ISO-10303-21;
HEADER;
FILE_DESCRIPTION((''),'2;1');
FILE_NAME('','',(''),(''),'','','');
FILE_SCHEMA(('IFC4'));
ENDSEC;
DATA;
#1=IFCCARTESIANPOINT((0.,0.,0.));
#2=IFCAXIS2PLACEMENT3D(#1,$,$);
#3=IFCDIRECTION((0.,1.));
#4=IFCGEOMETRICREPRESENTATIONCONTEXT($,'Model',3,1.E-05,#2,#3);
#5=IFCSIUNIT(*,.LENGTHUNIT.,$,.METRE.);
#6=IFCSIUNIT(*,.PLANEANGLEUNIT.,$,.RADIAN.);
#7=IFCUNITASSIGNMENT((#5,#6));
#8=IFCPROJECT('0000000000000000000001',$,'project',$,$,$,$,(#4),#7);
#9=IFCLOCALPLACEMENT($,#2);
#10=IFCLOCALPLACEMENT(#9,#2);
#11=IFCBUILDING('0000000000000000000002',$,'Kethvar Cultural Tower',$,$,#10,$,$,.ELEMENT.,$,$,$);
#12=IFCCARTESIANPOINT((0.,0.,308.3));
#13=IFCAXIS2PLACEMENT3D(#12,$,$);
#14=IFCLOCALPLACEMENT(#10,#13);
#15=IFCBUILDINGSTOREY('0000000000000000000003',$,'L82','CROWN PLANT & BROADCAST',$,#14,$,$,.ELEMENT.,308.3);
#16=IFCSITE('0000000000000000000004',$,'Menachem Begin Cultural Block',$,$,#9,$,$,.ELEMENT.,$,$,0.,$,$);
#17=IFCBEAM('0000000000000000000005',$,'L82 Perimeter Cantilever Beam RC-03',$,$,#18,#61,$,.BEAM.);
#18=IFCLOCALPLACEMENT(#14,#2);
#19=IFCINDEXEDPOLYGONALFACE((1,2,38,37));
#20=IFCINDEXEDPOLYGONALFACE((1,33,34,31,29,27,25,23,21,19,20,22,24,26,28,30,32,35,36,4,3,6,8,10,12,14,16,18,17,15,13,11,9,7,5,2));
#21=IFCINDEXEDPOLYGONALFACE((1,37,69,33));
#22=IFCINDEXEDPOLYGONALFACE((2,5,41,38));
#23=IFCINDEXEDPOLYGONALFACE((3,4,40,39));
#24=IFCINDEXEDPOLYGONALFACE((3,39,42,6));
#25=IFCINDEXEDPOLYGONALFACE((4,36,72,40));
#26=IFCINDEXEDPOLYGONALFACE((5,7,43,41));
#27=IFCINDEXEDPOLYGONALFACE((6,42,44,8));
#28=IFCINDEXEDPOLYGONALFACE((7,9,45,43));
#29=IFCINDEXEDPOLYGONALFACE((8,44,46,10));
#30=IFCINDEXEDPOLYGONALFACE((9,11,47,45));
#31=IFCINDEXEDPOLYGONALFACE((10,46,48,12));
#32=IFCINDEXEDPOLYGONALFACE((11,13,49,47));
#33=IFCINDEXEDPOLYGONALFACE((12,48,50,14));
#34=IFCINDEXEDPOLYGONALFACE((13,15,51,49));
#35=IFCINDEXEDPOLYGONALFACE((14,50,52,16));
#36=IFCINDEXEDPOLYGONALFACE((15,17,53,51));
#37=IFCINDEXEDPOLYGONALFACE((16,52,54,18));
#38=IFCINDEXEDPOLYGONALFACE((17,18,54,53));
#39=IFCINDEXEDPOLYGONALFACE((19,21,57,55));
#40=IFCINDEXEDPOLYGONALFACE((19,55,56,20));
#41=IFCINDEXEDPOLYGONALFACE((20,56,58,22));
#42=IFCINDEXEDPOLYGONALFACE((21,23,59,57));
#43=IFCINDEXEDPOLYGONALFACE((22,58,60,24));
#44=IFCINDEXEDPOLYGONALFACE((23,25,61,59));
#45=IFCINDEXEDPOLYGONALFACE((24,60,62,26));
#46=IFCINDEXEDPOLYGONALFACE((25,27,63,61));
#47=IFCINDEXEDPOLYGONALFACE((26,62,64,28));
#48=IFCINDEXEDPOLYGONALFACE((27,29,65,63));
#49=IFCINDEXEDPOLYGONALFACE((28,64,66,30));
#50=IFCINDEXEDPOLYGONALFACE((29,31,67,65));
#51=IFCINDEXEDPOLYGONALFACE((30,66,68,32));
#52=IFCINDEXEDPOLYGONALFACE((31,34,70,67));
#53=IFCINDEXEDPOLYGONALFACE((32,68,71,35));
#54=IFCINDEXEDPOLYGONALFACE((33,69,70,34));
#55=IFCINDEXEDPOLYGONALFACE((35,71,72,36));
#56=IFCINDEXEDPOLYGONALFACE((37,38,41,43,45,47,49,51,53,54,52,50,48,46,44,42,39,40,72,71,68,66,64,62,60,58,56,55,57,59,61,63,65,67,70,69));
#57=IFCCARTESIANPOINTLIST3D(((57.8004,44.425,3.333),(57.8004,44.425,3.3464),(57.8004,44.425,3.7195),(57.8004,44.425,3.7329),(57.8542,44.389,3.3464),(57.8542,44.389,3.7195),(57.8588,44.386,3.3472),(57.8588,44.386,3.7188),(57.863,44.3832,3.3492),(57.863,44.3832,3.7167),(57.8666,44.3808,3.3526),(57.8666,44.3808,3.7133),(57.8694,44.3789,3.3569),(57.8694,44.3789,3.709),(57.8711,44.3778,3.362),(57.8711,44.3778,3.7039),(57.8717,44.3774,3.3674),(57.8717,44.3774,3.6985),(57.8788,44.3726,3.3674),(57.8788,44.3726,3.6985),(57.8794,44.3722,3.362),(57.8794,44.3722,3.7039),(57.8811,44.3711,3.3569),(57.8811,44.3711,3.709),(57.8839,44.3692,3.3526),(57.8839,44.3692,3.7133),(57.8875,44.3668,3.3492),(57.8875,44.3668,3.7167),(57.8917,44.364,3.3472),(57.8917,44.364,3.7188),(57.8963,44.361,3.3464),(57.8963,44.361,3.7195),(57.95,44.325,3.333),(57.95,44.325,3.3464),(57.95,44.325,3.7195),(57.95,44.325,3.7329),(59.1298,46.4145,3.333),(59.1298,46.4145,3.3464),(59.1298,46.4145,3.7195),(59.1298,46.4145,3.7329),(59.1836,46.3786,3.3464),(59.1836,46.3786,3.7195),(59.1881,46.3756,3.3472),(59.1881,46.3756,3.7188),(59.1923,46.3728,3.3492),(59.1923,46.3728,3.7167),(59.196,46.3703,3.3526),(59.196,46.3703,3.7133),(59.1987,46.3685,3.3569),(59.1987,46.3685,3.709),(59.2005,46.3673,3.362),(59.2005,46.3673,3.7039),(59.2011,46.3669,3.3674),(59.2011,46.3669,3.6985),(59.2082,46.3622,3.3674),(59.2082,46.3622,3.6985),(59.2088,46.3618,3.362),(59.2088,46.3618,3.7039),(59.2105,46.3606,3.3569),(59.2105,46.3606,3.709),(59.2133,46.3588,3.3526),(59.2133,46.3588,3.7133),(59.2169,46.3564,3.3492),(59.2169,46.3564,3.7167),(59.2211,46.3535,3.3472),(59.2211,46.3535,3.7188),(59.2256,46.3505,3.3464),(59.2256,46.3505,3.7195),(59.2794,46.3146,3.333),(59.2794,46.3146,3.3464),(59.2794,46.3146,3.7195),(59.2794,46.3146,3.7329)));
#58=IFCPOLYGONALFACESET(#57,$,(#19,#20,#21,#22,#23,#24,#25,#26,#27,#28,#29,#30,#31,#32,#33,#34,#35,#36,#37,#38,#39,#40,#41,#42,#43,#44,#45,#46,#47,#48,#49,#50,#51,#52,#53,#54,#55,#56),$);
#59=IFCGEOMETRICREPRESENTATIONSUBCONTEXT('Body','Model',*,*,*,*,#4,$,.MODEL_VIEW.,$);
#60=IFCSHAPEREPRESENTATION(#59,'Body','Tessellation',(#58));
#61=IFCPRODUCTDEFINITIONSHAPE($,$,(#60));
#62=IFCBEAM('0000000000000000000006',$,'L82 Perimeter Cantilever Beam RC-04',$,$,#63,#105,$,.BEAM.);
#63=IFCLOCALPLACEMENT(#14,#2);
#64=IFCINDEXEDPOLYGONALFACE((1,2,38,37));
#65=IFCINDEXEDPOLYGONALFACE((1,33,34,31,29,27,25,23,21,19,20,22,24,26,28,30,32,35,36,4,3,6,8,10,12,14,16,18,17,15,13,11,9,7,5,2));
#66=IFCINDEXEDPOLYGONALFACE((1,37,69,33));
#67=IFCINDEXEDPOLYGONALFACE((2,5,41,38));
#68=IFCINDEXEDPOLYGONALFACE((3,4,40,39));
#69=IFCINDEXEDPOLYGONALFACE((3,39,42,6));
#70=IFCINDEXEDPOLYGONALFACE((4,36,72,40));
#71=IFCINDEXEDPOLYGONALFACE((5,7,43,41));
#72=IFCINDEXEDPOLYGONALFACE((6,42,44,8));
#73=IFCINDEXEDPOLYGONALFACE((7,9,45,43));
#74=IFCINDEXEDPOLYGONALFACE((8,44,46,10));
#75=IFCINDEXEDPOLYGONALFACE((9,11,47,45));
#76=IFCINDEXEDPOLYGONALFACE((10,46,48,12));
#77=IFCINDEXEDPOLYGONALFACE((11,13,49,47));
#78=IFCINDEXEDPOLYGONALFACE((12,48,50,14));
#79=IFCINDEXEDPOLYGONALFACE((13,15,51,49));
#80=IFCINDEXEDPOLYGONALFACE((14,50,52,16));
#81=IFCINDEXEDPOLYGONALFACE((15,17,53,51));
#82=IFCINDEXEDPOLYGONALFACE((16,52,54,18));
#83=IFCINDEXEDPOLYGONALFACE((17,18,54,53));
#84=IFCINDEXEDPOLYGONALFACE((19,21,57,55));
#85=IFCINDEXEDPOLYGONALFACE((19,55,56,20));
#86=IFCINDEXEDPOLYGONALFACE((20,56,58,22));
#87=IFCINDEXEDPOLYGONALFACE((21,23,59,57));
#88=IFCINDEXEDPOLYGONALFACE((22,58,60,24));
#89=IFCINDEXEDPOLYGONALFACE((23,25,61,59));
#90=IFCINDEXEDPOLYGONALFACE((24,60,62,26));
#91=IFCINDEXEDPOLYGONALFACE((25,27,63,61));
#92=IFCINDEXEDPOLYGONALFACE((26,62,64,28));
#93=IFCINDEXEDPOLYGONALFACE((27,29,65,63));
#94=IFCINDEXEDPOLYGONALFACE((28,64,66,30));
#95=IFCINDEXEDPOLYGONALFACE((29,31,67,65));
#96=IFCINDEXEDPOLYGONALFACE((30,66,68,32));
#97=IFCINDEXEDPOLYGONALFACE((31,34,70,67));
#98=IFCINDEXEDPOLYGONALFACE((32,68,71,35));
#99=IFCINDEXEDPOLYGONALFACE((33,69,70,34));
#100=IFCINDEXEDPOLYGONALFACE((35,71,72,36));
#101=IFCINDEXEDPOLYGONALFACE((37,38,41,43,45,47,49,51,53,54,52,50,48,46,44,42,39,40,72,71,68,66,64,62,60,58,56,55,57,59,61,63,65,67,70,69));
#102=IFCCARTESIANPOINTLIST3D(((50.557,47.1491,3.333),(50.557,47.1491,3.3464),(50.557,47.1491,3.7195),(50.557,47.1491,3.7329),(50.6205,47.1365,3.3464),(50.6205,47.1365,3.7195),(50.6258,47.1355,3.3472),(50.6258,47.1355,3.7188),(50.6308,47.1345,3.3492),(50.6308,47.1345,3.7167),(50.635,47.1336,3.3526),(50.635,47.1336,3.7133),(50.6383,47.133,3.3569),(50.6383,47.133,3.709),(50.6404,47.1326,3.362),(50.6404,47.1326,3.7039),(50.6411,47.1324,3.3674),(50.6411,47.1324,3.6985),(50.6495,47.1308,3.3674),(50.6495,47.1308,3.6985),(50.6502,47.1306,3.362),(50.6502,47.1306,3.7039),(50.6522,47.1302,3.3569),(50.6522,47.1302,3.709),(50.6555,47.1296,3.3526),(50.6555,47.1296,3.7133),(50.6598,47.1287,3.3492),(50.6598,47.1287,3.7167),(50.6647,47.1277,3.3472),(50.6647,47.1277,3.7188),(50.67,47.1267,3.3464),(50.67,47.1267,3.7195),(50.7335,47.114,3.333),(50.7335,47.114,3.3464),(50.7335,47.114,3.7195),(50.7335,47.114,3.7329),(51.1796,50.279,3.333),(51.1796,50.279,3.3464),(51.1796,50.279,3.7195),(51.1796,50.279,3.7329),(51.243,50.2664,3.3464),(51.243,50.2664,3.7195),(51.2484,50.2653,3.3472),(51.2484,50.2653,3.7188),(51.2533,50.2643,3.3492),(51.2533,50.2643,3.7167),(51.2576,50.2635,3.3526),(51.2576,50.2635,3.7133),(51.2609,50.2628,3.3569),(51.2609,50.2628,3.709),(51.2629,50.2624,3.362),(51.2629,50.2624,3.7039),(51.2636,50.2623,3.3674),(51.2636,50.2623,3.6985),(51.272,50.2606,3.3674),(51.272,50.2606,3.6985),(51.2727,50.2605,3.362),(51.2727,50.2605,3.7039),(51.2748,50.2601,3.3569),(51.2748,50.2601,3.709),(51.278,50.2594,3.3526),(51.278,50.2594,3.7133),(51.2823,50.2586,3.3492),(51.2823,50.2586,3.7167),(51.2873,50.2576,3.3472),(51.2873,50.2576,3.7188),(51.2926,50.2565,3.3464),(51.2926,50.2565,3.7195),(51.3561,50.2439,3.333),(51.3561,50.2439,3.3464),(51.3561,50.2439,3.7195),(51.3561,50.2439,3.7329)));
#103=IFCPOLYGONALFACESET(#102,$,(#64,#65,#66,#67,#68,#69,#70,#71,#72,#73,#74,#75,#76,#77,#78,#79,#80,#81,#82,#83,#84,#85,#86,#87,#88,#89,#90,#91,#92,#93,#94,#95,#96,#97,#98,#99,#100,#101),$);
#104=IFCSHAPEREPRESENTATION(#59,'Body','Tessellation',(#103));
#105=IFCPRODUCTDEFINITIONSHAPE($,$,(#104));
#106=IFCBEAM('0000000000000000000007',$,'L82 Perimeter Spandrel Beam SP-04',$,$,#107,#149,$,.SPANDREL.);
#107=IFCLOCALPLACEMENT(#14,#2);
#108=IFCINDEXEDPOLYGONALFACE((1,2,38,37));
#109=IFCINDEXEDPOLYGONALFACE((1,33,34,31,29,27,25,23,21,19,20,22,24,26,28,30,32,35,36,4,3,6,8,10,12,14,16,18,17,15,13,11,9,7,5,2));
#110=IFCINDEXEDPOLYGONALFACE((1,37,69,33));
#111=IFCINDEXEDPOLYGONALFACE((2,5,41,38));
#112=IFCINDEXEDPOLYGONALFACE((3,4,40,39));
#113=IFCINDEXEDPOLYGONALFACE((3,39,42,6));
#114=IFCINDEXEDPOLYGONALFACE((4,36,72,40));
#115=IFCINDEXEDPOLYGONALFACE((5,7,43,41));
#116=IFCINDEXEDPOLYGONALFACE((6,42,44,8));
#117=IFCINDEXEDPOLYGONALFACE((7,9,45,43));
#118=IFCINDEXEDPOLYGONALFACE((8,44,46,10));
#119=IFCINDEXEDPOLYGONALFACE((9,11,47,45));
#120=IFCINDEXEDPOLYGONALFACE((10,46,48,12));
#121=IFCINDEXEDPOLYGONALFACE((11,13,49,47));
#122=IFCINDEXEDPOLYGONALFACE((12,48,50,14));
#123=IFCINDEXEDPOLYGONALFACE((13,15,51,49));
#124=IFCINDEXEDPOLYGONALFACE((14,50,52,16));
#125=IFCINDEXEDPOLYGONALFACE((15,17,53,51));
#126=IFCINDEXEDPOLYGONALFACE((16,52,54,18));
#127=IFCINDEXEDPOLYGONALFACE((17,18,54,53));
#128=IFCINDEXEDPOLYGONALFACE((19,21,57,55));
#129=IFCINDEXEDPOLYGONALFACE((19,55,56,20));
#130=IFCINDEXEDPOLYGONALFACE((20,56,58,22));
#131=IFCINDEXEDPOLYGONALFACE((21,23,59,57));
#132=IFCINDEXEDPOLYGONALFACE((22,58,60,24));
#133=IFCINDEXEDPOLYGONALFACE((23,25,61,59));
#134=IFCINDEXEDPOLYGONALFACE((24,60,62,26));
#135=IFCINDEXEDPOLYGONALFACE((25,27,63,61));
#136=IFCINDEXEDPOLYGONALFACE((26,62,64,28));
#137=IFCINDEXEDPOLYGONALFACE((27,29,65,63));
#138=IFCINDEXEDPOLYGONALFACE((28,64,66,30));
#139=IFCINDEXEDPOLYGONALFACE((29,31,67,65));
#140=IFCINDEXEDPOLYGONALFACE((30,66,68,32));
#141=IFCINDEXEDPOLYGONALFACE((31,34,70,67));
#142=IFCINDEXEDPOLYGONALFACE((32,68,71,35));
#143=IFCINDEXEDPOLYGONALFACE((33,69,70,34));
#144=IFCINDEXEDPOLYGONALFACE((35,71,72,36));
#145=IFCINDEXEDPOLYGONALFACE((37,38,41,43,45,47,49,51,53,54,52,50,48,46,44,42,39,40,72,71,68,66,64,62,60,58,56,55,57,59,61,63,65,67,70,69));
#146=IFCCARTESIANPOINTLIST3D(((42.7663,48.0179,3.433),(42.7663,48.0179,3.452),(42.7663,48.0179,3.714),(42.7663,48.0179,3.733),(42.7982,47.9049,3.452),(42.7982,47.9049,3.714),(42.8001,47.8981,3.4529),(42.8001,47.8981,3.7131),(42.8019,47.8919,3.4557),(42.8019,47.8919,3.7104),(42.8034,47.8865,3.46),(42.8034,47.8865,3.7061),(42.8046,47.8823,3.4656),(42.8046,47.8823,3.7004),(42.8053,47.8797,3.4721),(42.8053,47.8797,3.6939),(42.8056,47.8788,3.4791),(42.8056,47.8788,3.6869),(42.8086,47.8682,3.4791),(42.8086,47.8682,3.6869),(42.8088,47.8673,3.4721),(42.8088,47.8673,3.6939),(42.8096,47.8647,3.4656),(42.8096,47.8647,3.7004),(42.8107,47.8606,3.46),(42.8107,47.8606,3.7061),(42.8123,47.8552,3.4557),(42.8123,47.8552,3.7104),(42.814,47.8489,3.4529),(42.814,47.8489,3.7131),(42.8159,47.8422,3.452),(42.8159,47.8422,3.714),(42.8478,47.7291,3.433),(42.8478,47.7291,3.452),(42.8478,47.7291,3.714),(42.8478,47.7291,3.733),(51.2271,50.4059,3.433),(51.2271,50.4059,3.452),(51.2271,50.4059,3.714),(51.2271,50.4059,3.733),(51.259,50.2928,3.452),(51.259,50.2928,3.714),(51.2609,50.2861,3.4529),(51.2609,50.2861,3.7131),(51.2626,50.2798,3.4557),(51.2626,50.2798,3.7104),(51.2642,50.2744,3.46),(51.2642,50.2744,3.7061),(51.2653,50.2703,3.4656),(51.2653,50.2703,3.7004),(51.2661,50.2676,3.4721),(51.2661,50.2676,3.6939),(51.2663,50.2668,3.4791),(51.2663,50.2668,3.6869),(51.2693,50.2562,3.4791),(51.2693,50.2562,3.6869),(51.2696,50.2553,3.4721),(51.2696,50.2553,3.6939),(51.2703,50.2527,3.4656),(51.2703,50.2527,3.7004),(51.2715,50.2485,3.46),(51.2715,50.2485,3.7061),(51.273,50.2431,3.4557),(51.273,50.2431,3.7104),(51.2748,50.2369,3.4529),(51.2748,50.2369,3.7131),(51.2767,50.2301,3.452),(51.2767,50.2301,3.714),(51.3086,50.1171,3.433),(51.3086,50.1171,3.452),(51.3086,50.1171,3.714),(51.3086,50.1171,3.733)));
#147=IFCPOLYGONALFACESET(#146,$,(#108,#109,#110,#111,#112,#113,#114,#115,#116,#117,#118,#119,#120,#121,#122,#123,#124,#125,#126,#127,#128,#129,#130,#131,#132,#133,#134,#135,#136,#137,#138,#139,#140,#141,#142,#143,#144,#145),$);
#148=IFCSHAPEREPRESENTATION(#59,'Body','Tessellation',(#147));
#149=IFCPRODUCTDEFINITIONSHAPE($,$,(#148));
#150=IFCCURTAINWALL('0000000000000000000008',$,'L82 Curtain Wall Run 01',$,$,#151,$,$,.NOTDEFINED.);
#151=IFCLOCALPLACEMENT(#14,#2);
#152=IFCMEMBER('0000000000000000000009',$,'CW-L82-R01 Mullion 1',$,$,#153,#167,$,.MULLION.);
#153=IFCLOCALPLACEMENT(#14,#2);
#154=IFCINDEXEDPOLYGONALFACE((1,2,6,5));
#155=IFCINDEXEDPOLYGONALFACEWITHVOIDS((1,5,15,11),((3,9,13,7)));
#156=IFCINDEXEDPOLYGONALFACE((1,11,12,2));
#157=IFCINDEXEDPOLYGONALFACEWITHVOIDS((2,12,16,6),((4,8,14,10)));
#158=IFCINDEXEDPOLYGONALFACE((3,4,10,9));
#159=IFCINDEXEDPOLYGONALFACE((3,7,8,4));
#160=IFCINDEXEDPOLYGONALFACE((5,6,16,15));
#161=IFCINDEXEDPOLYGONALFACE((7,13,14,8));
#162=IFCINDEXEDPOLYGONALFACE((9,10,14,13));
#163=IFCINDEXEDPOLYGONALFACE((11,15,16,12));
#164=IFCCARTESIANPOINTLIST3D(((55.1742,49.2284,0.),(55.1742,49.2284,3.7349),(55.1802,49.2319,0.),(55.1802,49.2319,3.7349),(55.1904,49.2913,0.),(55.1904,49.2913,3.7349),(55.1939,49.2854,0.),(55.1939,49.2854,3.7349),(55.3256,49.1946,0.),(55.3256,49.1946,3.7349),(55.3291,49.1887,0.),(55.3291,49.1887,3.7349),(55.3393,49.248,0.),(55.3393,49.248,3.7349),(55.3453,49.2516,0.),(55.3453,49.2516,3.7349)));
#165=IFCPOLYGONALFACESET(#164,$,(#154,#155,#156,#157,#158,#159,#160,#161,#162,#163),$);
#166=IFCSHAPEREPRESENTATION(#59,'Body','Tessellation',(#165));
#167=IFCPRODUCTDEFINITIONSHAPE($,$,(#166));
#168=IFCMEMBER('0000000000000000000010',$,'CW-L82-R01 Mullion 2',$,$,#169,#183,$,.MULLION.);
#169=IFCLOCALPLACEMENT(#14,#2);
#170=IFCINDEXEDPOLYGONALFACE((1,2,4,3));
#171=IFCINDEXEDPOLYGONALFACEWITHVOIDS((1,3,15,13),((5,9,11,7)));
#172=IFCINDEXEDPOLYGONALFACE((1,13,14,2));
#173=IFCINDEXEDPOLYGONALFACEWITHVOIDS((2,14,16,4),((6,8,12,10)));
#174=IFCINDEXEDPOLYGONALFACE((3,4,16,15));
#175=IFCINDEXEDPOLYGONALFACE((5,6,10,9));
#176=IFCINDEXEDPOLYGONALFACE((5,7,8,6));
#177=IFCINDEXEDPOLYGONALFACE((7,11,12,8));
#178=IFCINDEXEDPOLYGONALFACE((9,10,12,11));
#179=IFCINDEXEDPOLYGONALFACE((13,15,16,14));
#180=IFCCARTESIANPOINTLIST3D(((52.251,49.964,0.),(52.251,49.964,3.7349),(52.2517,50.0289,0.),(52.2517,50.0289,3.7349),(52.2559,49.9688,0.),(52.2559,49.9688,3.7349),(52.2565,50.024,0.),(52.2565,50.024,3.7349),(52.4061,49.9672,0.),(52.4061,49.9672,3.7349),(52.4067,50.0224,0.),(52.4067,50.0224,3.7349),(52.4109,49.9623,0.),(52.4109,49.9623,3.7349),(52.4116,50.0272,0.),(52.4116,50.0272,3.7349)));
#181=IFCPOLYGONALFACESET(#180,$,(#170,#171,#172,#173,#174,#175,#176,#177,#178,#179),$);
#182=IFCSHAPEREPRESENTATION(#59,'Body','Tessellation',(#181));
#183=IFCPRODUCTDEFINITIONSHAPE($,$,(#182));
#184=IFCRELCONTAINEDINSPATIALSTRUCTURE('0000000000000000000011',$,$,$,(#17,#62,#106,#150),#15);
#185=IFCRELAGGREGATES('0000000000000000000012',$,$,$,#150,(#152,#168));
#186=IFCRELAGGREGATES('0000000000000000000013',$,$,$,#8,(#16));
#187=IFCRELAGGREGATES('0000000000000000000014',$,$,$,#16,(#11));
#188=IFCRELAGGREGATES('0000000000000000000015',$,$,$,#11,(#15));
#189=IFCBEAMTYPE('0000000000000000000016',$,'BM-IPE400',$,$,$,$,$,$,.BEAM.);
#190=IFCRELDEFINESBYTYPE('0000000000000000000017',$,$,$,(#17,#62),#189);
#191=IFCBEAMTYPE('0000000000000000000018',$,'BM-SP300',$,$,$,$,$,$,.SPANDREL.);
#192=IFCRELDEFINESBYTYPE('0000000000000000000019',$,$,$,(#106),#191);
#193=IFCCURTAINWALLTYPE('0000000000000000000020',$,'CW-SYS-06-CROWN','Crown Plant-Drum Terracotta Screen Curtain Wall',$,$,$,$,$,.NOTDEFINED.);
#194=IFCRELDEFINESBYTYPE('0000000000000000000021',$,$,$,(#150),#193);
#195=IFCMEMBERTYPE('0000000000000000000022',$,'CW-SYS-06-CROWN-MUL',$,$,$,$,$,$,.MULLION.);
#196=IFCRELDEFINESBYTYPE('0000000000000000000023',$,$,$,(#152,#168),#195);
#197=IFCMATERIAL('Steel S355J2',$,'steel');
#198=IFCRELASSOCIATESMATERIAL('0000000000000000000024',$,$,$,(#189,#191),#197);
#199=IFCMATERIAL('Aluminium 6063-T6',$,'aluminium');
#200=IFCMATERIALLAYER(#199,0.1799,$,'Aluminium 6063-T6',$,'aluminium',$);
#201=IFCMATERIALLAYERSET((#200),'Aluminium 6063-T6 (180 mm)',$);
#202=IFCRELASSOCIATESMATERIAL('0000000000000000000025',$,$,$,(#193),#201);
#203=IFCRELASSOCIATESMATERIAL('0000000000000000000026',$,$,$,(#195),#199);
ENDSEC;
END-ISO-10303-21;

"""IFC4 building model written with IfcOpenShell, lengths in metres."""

from ifc_helpers import new_model, si_unit, direction, frame, origin, origin_2d, place, context, subcontext, project, spatial, hollow_rectangle, i_section, extrude, source, transform, mapped, material, layer, layer_set, material_profile, profile_set, type_object, element, aggregate, save


model = new_model("IFC4")

# Units and contexts
model_context = context("Model", 3, precision=1e-05, world=origin(), true_north=direction((0.0, 1.0)))
body_context = subcontext(model_context, "Body", "Model", "MODEL_VIEW")
ifc_project = project(units=[si_unit("LENGTHUNIT", "METRE"), si_unit("PLANEANGLEUNIT", "RADIAN")], contexts=[model_context])

# Site, building, storey
site_placement = place(None, origin())
site = spatial("IfcSite", under=ifc_project, at=site_placement, Name="Menachem Begin Cultural Block", CompositionType="ELEMENT", RefElevation=0.0)
building_placement = place(site_placement, origin())
building = spatial("IfcBuilding", under=site, at=building_placement, Name="Kethvar Cultural Tower", CompositionType="ELEMENT")
storey_placement = place(building_placement, frame((0.0, 0.0, 308.3)))
storey = spatial("IfcBuildingStorey", under=building, at=storey_placement, Name="L82", Description="CROWN PLANT & BROADCAST", CompositionType="ELEMENT", Elevation=308.3)

# Shared definitions
ifc_material_1 = material(Name="Steel S355J2", Category="steel")

# Beams
ifc_material_profile_1 = material_profile(ifc_material_1, i_section(OverallWidth=0.1799, OverallDepth=0.3999, WebThickness=0.0085, FlangeThickness=0.0134, FilletRadius=0.021, at=origin_2d()), Name="Steel S355J2 — IPE400")
ifc_profile_set_1 = profile_set([ifc_material_profile_1], Name="Steel S355J2 — IPE400")
beam_type_1 = type_object("IfcBeamType", Name="BM-IPE400", PredefinedType="BEAM", material=ifc_profile_set_1)
shared_shape_1 = source(origin(), body_context, "Body", "SweptSolid", [
    extrude(i_section(OverallWidth=0.1799, OverallDepth=0.3999, WebThickness=0.0085, FlangeThickness=0.0134, FilletRadius=0.021, at=origin_2d()), origin(), (0.0, 0.0, 1.0), 2.3928),
])
beam_1_placement = place(storey_placement, frame((57.8752, 44.375, 3.533), z_axis=(0.555571, 0.831469, 0.0), x_axis=(-0.831469, 0.555571, 0.0)))
element("IfcBeam", 1, at=beam_1_placement, inside=storey, type_object=beam_type_1, Name="L82 Perimeter Cantilever Beam RC-03", PredefinedType="BEAM", context=body_context, shape_type="MappedRepresentation", body=[
    mapped(shared_shape_1, transform((0.0, 0.0, 0.0), scale=1.0)),
])
shared_shape_2 = source(origin(), body_context, "Body", "SweptSolid", [
    extrude(i_section(OverallWidth=0.1799, OverallDepth=0.3999, WebThickness=0.0085, FlangeThickness=0.0134, FilletRadius=0.021, at=origin_2d()), origin(), (0.0, 0.0, 1.0), 3.1912),
])
beam_2_placement = place(storey_placement, frame((50.6453, 47.1316, 3.533), z_axis=(0.195086, 0.980786, 0.0), x_axis=(-0.980786, 0.195086, 0.0)))
element("IfcBeam", 2, at=beam_2_placement, inside=storey, type_object=beam_type_1, Name="L82 Perimeter Cantilever Beam RC-04", PredefinedType="BEAM", context=body_context, shape_type="MappedRepresentation", body=[
    mapped(shared_shape_2, transform((0.0, 0.0, 0.0), scale=1.0)),
])
ifc_material_profile_2 = material_profile(ifc_material_1, i_section(OverallWidth=0.3, OverallDepth=0.3, WebThickness=0.011, FlangeThickness=0.019, FilletRadius=0.0271, at=origin_2d()), Name="Steel S355J2 — HEB300")
ifc_profile_set_2 = profile_set([ifc_material_profile_2], Name="Steel S355J2 — HEB300")
beam_type_2 = type_object("IfcBeamType", Name="BM-SP300", PredefinedType="SPANDREL", material=ifc_profile_set_2)
shared_shape_3 = source(origin(), body_context, "Body", "SweptSolid", [
    extrude(i_section(OverallWidth=0.3, OverallDepth=0.3, WebThickness=0.011, FlangeThickness=0.019, FilletRadius=0.0271, at=origin_2d()), origin(), (0.0, 0.0, 1.0), 8.7913),
])
beam_3_placement = place(storey_placement, frame((51.2678, 50.2615, 3.583), z_axis=(-0.962402, -0.271628, 0.0), x_axis=(0.271628, -0.962402, 0.0)))
element("IfcBeam", 3, at=beam_3_placement, inside=storey, type_object=beam_type_2, Name="L82 Perimeter Spandrel Beam SP-04", PredefinedType="SPANDREL", context=body_context, shape_type="MappedRepresentation", body=[
    mapped(shared_shape_3, transform((0.0, 0.0, 0.0), scale=1.0)),
])

# Curtain wall, members
ifc_material_2 = material(Name="Aluminium 6063-T6", Category="aluminium")
ifc_layer_1 = layer(ifc_material_2, 0.1799, Name="Aluminium 6063-T6", Category="aluminium")
ifc_layer_set_1 = layer_set([ifc_layer_1], Name="Aluminium 6063-T6 (180 mm)")
curtain_wall_type = type_object("IfcCurtainWallType", Name="CW-SYS-06-CROWN", Description="Crown Plant-Drum Terracotta Screen Curtain Wall", PredefinedType="NOTDEFINED", material=ifc_layer_set_1)
curtain_wall_1_placement = place(storey_placement, origin())
curtain_wall_1 = element("IfcCurtainWall", 4, at=curtain_wall_1_placement, inside=storey, type_object=curtain_wall_type, Name="L82 Curtain Wall Run 01", PredefinedType="NOTDEFINED")
ifc_material_profile_3 = material_profile(ifc_material_2, hollow_rectangle(XDim=0.0649, YDim=0.1599, WallThickness=0.0049, at=origin_2d()), Name="Aluminium 6063-T6 — RHS160x65x5")
ifc_profile_set_3 = profile_set([ifc_material_profile_3], Name="Aluminium 6063-T6 — RHS160x65x5")
member_type_1 = type_object("IfcMemberType", Name="CW-SYS-06-CROWN-MUL", PredefinedType="MULLION", material=ifc_profile_set_3)
shared_shape_4 = source(origin(), body_context, "Body", "SweptSolid", [
    extrude(hollow_rectangle(XDim=0.0649, YDim=0.1599, WallThickness=0.0049, at=origin_2d()), origin(), (0.0, 0.0, 1.0), 3.7349),
])
member_1_placement = place(storey_placement, frame((55.2598, 49.24, 0.0), z_axis=(0.0, 0.0, 1.0), x_axis=(-0.248724, -0.968574, 0.0)))
member_1 = element("IfcMember", 5, at=member_1_placement, type_object=member_type_1, Name="CW-L82-R01 Mullion 1", PredefinedType="MULLION", context=body_context, shape_type="MappedRepresentation", body=[
    mapped(shared_shape_4, transform((0.0, 0.0, 0.0), scale=1.0)),
])
member_2_placement = place(storey_placement, frame((52.3313, 49.9956, 0.0), z_axis=(0.0, 0.0, 1.0), x_axis=(-0.010315, -0.999947, 0.0)))
member_2 = element("IfcMember", 6, at=member_2_placement, type_object=member_type_1, Name="CW-L82-R01 Mullion 2", PredefinedType="MULLION", context=body_context, shape_type="MappedRepresentation", body=[
    mapped(shared_shape_4, transform((0.0, 0.0, 0.0), scale=1.0)),
])

aggregate(curtain_wall_1, [member_1, member_2])

save(model, "model.ifc")
